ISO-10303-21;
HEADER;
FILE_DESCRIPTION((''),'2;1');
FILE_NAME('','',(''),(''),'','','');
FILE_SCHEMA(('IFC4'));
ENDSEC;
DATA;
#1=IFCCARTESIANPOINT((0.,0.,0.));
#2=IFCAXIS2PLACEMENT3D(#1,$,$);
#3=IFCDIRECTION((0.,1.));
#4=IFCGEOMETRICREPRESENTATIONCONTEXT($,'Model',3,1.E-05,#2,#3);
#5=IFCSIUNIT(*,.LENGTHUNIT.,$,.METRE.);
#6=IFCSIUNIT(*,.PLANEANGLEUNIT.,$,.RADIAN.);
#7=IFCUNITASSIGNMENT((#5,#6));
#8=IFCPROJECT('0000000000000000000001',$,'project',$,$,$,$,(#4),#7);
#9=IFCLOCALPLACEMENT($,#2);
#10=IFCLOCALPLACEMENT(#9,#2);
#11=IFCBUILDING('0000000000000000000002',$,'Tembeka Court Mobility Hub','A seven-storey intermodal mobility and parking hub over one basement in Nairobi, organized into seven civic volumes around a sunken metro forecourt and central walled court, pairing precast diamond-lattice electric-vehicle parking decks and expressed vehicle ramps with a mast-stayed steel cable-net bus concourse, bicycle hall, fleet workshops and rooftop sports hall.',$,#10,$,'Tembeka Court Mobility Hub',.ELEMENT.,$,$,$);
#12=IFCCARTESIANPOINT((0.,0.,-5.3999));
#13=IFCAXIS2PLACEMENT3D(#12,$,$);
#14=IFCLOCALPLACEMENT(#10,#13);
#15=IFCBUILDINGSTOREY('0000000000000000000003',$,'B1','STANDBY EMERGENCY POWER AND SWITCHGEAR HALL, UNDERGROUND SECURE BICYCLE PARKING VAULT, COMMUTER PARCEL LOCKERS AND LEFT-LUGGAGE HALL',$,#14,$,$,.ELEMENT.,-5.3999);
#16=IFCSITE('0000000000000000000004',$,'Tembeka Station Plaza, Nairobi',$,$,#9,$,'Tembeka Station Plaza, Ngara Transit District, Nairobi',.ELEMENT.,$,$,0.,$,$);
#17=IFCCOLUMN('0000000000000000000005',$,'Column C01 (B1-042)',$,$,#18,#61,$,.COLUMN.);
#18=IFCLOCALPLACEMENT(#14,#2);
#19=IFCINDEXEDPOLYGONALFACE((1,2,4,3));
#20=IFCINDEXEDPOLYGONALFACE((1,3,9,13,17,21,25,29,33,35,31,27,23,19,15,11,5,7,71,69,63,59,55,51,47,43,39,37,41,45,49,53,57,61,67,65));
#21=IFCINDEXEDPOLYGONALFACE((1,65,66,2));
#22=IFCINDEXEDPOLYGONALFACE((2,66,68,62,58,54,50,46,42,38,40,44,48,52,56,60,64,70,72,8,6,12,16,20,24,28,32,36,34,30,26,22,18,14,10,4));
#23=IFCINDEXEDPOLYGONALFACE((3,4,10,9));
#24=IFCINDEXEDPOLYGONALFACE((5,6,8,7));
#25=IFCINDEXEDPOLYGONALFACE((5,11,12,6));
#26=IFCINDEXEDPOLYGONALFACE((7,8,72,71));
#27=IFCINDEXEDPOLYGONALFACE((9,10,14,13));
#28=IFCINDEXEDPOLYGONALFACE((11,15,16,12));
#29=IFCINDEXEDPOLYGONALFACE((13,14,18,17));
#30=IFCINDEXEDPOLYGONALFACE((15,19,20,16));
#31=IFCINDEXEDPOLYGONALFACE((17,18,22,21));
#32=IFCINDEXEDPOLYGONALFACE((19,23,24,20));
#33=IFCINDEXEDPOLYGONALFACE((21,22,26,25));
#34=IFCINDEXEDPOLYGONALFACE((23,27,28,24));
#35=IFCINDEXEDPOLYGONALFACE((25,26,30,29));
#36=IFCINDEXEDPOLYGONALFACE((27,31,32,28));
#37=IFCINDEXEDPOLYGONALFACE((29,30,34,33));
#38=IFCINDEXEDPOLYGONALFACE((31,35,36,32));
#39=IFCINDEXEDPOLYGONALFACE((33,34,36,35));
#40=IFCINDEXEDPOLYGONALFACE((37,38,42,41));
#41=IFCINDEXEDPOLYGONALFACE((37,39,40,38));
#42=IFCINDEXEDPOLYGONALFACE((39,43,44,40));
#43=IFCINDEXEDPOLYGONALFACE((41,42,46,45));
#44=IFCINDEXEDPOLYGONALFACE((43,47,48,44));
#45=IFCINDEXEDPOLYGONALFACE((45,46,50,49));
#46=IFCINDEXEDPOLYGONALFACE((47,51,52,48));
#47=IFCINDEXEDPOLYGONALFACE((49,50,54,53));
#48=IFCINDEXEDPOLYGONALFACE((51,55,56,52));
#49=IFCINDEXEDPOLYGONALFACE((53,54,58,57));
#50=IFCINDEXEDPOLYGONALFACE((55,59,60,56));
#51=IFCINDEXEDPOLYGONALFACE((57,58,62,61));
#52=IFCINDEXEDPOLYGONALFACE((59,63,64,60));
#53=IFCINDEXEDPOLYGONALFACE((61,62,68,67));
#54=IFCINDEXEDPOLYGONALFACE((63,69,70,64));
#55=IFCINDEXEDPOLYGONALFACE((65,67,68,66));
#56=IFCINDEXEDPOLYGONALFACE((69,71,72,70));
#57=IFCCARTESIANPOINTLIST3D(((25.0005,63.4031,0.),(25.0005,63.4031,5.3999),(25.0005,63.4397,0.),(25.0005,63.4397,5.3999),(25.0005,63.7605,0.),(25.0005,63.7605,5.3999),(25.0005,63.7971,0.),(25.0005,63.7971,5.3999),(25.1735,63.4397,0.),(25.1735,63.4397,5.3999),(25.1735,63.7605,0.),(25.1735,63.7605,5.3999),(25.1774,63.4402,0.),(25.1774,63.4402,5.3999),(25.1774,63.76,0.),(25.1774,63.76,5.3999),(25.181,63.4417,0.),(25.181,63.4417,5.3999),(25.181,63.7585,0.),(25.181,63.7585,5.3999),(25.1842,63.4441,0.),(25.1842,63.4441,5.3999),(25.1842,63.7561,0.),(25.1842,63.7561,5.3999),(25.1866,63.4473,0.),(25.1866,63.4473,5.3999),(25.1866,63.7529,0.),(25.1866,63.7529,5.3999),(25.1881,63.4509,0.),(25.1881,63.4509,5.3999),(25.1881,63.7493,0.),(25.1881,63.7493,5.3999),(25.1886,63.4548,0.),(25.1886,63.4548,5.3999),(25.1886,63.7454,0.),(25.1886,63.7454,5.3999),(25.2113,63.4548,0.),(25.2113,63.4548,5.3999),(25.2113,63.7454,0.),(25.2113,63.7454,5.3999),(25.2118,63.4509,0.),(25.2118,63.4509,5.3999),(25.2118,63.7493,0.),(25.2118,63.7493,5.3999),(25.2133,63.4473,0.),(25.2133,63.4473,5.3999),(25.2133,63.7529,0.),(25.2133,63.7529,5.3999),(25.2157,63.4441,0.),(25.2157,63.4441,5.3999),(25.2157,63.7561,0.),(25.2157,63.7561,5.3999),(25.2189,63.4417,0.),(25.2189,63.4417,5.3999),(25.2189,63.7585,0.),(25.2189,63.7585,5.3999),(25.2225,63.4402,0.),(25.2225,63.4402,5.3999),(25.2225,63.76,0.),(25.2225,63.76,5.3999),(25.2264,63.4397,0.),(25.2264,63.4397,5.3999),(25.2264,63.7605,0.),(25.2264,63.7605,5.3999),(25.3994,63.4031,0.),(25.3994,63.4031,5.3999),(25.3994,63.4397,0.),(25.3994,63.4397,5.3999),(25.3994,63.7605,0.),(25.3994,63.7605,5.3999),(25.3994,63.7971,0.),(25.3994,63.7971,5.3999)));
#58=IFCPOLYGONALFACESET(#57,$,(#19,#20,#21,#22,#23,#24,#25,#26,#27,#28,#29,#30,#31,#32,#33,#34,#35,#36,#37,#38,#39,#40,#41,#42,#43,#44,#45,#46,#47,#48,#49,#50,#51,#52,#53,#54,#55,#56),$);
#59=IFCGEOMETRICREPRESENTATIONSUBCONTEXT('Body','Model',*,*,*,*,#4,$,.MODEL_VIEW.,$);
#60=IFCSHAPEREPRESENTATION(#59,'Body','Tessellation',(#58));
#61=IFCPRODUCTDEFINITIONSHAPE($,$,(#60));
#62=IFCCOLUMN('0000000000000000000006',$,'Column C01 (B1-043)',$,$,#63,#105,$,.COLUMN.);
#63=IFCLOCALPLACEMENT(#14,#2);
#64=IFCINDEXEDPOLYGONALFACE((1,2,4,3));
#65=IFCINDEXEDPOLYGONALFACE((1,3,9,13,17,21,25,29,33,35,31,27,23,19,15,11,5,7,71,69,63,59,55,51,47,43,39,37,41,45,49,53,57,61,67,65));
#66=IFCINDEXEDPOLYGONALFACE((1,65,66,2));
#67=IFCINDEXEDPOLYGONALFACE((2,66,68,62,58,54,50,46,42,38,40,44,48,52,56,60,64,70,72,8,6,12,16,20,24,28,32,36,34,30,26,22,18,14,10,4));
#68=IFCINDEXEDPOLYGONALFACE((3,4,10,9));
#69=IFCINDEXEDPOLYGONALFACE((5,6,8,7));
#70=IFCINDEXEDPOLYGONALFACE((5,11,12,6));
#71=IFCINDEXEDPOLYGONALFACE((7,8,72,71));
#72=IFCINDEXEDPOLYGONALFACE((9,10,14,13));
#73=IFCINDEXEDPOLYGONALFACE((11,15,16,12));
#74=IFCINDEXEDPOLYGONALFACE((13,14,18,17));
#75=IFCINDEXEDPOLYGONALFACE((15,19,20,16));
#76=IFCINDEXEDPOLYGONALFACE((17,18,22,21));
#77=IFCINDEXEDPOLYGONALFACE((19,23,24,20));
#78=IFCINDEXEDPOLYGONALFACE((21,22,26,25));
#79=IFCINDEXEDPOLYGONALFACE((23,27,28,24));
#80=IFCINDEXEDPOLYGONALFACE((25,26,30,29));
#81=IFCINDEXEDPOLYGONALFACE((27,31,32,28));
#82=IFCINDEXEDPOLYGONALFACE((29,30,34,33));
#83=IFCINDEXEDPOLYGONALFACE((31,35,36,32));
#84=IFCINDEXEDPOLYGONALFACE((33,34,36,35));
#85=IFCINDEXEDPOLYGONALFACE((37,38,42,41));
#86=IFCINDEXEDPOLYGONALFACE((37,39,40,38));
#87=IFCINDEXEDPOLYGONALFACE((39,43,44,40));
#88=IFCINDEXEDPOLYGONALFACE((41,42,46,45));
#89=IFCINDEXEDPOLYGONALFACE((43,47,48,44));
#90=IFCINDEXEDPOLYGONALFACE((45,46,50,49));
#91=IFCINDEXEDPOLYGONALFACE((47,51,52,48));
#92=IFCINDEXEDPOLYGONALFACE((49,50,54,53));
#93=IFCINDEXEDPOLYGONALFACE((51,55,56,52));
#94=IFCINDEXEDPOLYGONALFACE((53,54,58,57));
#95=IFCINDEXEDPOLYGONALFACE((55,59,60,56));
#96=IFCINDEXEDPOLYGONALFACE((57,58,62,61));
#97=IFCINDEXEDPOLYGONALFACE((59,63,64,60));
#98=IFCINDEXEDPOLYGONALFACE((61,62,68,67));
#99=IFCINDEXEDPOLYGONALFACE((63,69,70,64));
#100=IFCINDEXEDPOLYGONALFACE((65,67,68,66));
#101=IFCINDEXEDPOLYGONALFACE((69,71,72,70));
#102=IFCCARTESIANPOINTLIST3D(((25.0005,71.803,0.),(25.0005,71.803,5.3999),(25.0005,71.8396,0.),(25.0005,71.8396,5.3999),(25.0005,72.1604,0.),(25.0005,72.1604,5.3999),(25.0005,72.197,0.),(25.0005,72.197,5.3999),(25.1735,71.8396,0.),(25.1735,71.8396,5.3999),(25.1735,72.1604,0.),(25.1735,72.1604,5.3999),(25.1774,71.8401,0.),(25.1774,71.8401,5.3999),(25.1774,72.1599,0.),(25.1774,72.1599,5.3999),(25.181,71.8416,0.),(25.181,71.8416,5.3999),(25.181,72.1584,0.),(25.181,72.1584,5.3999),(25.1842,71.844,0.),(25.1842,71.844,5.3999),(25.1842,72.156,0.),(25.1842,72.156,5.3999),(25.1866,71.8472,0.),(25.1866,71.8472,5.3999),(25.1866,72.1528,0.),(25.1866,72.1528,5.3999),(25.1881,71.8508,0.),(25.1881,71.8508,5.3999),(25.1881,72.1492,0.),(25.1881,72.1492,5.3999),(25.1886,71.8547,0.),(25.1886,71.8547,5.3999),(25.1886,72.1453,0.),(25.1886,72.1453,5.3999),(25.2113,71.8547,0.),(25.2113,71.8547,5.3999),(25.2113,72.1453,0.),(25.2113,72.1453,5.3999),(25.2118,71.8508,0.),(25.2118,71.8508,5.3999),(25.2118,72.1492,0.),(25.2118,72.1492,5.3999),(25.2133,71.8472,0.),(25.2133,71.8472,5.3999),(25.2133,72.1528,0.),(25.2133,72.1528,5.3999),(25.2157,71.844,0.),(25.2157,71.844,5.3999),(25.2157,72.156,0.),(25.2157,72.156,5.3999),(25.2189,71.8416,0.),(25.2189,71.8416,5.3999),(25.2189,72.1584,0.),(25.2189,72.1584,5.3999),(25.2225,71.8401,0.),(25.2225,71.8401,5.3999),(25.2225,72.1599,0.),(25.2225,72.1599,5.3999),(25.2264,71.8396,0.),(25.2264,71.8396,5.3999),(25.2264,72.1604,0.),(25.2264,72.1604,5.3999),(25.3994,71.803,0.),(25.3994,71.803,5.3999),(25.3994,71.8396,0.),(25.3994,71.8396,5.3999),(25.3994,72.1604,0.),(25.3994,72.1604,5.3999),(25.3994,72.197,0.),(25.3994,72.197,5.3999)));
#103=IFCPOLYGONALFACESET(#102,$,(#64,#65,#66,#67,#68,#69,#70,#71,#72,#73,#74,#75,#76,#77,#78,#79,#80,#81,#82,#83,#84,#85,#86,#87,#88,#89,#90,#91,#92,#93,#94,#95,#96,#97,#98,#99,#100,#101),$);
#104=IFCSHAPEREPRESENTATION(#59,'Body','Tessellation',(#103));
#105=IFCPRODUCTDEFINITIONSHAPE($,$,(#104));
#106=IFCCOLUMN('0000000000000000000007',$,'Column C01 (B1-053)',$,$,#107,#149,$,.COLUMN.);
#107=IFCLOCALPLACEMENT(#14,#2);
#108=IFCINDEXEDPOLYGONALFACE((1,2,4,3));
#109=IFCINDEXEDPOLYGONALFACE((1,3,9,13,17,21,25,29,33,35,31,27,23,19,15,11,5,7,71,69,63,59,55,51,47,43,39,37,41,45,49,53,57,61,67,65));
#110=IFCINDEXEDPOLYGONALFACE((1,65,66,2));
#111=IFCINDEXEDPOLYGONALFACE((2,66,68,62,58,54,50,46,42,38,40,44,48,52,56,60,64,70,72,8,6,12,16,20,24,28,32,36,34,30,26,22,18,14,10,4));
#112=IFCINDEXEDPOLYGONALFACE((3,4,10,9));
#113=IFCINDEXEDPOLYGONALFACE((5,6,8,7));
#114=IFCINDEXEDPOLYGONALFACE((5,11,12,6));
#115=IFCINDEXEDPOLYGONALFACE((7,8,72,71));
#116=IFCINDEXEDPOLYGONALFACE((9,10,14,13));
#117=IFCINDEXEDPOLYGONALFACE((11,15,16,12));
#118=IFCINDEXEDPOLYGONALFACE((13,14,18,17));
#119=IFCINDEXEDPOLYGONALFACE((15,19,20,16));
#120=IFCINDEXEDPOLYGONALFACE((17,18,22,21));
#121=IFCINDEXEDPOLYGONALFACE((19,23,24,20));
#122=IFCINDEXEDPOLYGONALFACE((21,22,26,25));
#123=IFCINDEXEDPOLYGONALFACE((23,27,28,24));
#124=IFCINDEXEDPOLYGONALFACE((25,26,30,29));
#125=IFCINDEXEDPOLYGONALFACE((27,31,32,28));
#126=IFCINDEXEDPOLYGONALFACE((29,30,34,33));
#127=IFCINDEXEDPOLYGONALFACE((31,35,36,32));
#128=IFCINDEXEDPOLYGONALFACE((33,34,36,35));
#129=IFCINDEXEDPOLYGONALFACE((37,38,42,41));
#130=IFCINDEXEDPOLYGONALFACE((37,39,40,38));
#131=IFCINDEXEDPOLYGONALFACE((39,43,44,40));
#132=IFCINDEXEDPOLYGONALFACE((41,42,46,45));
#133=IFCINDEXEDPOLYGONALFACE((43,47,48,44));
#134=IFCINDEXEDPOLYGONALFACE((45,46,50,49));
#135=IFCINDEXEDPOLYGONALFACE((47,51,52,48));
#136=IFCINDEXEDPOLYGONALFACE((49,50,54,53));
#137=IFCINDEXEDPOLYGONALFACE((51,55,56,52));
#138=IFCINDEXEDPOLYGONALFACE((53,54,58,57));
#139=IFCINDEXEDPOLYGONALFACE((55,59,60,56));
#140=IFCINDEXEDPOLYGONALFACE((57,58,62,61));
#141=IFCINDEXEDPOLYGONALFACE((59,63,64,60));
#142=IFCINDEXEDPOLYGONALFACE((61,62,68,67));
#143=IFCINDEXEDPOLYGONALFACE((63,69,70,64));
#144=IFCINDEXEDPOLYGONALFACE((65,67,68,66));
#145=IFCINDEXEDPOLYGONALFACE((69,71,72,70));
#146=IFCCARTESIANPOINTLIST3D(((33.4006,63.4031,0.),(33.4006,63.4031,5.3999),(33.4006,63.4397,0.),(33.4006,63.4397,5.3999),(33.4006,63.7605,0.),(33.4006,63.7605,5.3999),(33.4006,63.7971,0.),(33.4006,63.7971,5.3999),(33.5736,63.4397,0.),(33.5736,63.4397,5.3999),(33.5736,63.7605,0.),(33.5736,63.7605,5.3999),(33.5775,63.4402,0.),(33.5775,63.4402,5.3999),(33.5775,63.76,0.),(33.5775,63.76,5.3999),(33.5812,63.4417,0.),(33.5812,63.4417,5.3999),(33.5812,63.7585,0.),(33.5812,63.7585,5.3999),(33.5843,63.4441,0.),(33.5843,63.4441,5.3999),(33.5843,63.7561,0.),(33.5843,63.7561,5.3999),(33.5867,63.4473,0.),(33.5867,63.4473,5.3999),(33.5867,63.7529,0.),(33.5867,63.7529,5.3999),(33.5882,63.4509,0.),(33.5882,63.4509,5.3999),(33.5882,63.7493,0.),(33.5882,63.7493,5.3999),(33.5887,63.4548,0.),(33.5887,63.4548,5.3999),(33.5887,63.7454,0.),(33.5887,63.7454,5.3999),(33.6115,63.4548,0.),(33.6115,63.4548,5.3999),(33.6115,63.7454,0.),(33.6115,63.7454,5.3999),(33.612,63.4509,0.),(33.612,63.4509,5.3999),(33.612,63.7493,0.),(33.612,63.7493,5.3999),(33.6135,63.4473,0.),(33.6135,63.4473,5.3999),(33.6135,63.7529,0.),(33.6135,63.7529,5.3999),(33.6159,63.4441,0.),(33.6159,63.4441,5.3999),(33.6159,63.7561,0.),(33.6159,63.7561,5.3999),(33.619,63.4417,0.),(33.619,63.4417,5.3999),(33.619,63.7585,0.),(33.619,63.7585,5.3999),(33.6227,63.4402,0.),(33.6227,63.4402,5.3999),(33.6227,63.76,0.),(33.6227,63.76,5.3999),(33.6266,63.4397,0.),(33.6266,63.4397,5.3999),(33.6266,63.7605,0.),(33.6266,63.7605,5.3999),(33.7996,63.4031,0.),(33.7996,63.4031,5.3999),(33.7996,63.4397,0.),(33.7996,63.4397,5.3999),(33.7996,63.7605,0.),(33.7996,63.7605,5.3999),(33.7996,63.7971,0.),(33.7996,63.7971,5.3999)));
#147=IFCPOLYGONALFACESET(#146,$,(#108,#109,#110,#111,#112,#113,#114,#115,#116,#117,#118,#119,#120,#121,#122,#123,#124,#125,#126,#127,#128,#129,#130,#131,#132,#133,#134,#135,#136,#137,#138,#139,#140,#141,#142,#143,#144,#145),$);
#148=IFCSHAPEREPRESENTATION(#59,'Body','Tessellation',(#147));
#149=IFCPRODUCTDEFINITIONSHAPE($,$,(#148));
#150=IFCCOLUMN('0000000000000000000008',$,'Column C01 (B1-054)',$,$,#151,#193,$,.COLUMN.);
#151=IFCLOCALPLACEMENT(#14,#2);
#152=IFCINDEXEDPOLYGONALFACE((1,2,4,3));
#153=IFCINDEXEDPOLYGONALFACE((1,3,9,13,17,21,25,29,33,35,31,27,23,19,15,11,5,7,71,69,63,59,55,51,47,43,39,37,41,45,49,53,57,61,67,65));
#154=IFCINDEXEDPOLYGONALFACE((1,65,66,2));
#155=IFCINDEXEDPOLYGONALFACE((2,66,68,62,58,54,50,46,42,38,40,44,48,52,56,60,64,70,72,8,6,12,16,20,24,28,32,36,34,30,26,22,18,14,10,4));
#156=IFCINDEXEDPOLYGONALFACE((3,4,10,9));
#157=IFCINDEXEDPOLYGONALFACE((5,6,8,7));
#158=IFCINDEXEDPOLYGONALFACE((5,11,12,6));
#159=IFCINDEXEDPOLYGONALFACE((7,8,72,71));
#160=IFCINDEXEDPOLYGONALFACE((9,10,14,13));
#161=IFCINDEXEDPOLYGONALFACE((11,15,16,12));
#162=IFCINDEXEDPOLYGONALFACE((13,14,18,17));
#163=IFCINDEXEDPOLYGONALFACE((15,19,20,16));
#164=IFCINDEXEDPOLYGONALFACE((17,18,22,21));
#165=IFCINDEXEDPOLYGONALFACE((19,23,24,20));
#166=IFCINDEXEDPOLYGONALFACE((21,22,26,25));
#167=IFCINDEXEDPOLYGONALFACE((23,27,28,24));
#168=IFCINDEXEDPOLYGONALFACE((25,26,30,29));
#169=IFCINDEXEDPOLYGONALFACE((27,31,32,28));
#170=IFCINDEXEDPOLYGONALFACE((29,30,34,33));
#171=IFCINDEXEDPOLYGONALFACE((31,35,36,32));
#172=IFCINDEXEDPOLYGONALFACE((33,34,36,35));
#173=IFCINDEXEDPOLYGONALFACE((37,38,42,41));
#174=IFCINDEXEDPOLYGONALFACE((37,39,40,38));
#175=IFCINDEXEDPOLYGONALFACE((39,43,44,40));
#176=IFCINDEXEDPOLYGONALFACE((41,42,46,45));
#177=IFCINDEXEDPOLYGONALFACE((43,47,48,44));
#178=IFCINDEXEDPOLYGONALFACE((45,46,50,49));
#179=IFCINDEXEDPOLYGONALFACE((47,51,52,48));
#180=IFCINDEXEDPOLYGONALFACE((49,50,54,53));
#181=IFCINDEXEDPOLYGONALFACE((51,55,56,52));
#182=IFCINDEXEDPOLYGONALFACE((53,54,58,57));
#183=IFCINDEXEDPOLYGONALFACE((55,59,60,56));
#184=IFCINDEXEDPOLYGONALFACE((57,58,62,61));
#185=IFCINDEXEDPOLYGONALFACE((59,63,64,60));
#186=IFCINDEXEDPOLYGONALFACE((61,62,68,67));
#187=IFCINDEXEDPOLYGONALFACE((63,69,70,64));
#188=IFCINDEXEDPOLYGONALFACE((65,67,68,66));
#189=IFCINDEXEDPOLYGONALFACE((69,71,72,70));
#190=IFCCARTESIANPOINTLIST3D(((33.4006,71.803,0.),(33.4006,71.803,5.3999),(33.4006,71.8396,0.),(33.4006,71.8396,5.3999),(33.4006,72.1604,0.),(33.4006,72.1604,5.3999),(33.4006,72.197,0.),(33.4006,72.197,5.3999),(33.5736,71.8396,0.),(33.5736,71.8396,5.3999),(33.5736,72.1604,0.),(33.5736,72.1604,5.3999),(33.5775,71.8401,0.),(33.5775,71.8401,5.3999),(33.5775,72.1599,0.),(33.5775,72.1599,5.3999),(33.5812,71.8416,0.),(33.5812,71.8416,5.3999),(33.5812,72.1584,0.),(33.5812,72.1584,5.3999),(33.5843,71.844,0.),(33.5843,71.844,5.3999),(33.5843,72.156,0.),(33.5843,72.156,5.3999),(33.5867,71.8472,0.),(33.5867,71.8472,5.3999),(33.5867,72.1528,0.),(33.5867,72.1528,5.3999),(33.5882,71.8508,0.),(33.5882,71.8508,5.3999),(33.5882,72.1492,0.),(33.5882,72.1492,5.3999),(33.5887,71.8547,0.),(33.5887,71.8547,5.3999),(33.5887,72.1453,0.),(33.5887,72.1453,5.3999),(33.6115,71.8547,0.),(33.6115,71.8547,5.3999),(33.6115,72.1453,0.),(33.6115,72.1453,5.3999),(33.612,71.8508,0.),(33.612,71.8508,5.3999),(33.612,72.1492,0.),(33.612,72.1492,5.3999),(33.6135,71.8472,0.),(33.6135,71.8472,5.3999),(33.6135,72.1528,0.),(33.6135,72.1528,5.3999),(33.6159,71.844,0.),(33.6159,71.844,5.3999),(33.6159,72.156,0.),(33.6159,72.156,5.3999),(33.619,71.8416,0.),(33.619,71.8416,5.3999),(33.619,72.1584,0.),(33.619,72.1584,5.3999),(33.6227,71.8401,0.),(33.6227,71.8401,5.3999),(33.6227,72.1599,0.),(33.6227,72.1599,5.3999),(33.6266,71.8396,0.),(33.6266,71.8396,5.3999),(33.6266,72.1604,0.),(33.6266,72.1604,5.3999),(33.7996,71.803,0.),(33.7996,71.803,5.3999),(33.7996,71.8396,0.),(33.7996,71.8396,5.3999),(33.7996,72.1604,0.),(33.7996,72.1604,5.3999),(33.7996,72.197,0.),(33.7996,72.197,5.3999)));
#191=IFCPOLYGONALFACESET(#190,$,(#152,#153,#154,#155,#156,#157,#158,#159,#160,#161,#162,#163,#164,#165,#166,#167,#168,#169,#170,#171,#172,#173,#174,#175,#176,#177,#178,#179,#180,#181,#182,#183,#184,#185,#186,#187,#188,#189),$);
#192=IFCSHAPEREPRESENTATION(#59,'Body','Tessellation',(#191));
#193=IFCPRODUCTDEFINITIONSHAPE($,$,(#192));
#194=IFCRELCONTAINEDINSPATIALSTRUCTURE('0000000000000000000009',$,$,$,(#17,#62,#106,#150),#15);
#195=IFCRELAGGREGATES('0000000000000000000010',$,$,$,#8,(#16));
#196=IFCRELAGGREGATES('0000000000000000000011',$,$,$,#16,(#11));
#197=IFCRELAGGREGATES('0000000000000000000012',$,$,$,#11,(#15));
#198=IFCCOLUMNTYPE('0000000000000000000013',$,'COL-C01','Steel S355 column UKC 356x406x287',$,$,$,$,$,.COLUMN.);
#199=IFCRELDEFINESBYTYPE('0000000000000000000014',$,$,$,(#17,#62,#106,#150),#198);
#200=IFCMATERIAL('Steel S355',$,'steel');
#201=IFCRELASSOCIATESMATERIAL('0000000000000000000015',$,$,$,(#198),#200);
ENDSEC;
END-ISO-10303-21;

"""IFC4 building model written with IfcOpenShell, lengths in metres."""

from ifc_helpers import new_model, si_unit, direction, frame, origin, origin_2d, place, context, subcontext, project, spatial, i_section, extrude, material, material_profile, profile_set, type_object, element, save


model = new_model("IFC4")

# Units and contexts
model_context = context("Model", 3, precision=1e-05, world=origin(), true_north=direction((0.0, 1.0)))
body_context = subcontext(model_context, "Body", "Model", "MODEL_VIEW")
ifc_project = project(units=[si_unit("LENGTHUNIT", "METRE"), si_unit("PLANEANGLEUNIT", "RADIAN")], contexts=[model_context])

# Site, building, storey
site_placement = place(None, origin())
site = spatial("IfcSite", under=ifc_project, at=site_placement, Name="Tembeka Station Plaza, Nairobi", LongName="Tembeka Station Plaza, Ngara Transit District, Nairobi", CompositionType="ELEMENT", RefElevation=0.0)
building_placement = place(site_placement, origin())
building = spatial("IfcBuilding", under=site, at=building_placement, Name="Tembeka Court Mobility Hub", Description="A seven-storey intermodal mobility and parking hub over one basement in Nairobi, organized into seven civic volumes around a sunken metro forecourt and central walled court, pairing precast diamond-lattice electric-vehicle parking decks and expressed vehicle ramps with a mast-stayed steel cable-net bus concourse, bicycle hall, fleet workshops and rooftop sports hall.", LongName="Tembeka Court Mobility Hub", CompositionType="ELEMENT")
storey_placement = place(building_placement, frame((0.0, 0.0, -5.3999)))
storey = spatial("IfcBuildingStorey", under=building, at=storey_placement, Name="B1", Description="STANDBY EMERGENCY POWER AND SWITCHGEAR HALL, UNDERGROUND SECURE BICYCLE PARKING VAULT, COMMUTER PARCEL LOCKERS AND LEFT-LUGGAGE HALL", CompositionType="ELEMENT", Elevation=-5.3999)

# Columns
ifc_material_1 = material(Name="Steel S355", Category="steel")
ifc_material_profile_1 = material_profile(ifc_material_1, i_section(OverallWidth=0.3989, OverallDepth=0.394, WebThickness=0.0227, FlangeThickness=0.0366, FilletRadius=0.0151, at=origin_2d()), Name="UKC 356x406x287")
ifc_profile_set_1 = profile_set([ifc_material_profile_1], Name="Steel S355")
column_type = type_object("IfcColumnType", Name="COL-C01", Description="Steel S355 column UKC 356x406x287", PredefinedType="COLUMN", material=ifc_profile_set_1)
for number, where, z_axis, x_axis, name in (
    (1, (25.2, 63.6001, 0.0), (0.0, 0.0, 1.0), (1.0, 0.0, 0.0), "Column C01 (B1-042)"),
    (2, (25.2, 72.0, 0.0), (0.0, 0.0, 1.0), (1.0, 0.0, 0.0), "Column C01 (B1-043)"),
    (3, (33.6001, 63.6001, 0.0), (0.0, 0.0, 1.0), (1.0, 0.0, 0.0), "Column C01 (B1-053)"),
    (4, (33.6001, 72.0, 0.0), (0.0, 0.0, 1.0), (1.0, 0.0, 0.0), "Column C01 (B1-054)"),
):
    element("IfcColumn", number, at=place(storey_placement, frame(where, z_axis=z_axis, x_axis=x_axis)), inside=storey, type_object=column_type, Name=name, PredefinedType="COLUMN", context=body_context, shape_type="SweptSolid", body=[
        extrude(i_section(OverallWidth=0.3989, OverallDepth=0.394, WebThickness=0.0227, FlangeThickness=0.0366, FilletRadius=0.0151, at=origin_2d()), origin(), (0.0, 0.0, 1.0), 5.3999),
    ])

save(model, "model.ifc")
